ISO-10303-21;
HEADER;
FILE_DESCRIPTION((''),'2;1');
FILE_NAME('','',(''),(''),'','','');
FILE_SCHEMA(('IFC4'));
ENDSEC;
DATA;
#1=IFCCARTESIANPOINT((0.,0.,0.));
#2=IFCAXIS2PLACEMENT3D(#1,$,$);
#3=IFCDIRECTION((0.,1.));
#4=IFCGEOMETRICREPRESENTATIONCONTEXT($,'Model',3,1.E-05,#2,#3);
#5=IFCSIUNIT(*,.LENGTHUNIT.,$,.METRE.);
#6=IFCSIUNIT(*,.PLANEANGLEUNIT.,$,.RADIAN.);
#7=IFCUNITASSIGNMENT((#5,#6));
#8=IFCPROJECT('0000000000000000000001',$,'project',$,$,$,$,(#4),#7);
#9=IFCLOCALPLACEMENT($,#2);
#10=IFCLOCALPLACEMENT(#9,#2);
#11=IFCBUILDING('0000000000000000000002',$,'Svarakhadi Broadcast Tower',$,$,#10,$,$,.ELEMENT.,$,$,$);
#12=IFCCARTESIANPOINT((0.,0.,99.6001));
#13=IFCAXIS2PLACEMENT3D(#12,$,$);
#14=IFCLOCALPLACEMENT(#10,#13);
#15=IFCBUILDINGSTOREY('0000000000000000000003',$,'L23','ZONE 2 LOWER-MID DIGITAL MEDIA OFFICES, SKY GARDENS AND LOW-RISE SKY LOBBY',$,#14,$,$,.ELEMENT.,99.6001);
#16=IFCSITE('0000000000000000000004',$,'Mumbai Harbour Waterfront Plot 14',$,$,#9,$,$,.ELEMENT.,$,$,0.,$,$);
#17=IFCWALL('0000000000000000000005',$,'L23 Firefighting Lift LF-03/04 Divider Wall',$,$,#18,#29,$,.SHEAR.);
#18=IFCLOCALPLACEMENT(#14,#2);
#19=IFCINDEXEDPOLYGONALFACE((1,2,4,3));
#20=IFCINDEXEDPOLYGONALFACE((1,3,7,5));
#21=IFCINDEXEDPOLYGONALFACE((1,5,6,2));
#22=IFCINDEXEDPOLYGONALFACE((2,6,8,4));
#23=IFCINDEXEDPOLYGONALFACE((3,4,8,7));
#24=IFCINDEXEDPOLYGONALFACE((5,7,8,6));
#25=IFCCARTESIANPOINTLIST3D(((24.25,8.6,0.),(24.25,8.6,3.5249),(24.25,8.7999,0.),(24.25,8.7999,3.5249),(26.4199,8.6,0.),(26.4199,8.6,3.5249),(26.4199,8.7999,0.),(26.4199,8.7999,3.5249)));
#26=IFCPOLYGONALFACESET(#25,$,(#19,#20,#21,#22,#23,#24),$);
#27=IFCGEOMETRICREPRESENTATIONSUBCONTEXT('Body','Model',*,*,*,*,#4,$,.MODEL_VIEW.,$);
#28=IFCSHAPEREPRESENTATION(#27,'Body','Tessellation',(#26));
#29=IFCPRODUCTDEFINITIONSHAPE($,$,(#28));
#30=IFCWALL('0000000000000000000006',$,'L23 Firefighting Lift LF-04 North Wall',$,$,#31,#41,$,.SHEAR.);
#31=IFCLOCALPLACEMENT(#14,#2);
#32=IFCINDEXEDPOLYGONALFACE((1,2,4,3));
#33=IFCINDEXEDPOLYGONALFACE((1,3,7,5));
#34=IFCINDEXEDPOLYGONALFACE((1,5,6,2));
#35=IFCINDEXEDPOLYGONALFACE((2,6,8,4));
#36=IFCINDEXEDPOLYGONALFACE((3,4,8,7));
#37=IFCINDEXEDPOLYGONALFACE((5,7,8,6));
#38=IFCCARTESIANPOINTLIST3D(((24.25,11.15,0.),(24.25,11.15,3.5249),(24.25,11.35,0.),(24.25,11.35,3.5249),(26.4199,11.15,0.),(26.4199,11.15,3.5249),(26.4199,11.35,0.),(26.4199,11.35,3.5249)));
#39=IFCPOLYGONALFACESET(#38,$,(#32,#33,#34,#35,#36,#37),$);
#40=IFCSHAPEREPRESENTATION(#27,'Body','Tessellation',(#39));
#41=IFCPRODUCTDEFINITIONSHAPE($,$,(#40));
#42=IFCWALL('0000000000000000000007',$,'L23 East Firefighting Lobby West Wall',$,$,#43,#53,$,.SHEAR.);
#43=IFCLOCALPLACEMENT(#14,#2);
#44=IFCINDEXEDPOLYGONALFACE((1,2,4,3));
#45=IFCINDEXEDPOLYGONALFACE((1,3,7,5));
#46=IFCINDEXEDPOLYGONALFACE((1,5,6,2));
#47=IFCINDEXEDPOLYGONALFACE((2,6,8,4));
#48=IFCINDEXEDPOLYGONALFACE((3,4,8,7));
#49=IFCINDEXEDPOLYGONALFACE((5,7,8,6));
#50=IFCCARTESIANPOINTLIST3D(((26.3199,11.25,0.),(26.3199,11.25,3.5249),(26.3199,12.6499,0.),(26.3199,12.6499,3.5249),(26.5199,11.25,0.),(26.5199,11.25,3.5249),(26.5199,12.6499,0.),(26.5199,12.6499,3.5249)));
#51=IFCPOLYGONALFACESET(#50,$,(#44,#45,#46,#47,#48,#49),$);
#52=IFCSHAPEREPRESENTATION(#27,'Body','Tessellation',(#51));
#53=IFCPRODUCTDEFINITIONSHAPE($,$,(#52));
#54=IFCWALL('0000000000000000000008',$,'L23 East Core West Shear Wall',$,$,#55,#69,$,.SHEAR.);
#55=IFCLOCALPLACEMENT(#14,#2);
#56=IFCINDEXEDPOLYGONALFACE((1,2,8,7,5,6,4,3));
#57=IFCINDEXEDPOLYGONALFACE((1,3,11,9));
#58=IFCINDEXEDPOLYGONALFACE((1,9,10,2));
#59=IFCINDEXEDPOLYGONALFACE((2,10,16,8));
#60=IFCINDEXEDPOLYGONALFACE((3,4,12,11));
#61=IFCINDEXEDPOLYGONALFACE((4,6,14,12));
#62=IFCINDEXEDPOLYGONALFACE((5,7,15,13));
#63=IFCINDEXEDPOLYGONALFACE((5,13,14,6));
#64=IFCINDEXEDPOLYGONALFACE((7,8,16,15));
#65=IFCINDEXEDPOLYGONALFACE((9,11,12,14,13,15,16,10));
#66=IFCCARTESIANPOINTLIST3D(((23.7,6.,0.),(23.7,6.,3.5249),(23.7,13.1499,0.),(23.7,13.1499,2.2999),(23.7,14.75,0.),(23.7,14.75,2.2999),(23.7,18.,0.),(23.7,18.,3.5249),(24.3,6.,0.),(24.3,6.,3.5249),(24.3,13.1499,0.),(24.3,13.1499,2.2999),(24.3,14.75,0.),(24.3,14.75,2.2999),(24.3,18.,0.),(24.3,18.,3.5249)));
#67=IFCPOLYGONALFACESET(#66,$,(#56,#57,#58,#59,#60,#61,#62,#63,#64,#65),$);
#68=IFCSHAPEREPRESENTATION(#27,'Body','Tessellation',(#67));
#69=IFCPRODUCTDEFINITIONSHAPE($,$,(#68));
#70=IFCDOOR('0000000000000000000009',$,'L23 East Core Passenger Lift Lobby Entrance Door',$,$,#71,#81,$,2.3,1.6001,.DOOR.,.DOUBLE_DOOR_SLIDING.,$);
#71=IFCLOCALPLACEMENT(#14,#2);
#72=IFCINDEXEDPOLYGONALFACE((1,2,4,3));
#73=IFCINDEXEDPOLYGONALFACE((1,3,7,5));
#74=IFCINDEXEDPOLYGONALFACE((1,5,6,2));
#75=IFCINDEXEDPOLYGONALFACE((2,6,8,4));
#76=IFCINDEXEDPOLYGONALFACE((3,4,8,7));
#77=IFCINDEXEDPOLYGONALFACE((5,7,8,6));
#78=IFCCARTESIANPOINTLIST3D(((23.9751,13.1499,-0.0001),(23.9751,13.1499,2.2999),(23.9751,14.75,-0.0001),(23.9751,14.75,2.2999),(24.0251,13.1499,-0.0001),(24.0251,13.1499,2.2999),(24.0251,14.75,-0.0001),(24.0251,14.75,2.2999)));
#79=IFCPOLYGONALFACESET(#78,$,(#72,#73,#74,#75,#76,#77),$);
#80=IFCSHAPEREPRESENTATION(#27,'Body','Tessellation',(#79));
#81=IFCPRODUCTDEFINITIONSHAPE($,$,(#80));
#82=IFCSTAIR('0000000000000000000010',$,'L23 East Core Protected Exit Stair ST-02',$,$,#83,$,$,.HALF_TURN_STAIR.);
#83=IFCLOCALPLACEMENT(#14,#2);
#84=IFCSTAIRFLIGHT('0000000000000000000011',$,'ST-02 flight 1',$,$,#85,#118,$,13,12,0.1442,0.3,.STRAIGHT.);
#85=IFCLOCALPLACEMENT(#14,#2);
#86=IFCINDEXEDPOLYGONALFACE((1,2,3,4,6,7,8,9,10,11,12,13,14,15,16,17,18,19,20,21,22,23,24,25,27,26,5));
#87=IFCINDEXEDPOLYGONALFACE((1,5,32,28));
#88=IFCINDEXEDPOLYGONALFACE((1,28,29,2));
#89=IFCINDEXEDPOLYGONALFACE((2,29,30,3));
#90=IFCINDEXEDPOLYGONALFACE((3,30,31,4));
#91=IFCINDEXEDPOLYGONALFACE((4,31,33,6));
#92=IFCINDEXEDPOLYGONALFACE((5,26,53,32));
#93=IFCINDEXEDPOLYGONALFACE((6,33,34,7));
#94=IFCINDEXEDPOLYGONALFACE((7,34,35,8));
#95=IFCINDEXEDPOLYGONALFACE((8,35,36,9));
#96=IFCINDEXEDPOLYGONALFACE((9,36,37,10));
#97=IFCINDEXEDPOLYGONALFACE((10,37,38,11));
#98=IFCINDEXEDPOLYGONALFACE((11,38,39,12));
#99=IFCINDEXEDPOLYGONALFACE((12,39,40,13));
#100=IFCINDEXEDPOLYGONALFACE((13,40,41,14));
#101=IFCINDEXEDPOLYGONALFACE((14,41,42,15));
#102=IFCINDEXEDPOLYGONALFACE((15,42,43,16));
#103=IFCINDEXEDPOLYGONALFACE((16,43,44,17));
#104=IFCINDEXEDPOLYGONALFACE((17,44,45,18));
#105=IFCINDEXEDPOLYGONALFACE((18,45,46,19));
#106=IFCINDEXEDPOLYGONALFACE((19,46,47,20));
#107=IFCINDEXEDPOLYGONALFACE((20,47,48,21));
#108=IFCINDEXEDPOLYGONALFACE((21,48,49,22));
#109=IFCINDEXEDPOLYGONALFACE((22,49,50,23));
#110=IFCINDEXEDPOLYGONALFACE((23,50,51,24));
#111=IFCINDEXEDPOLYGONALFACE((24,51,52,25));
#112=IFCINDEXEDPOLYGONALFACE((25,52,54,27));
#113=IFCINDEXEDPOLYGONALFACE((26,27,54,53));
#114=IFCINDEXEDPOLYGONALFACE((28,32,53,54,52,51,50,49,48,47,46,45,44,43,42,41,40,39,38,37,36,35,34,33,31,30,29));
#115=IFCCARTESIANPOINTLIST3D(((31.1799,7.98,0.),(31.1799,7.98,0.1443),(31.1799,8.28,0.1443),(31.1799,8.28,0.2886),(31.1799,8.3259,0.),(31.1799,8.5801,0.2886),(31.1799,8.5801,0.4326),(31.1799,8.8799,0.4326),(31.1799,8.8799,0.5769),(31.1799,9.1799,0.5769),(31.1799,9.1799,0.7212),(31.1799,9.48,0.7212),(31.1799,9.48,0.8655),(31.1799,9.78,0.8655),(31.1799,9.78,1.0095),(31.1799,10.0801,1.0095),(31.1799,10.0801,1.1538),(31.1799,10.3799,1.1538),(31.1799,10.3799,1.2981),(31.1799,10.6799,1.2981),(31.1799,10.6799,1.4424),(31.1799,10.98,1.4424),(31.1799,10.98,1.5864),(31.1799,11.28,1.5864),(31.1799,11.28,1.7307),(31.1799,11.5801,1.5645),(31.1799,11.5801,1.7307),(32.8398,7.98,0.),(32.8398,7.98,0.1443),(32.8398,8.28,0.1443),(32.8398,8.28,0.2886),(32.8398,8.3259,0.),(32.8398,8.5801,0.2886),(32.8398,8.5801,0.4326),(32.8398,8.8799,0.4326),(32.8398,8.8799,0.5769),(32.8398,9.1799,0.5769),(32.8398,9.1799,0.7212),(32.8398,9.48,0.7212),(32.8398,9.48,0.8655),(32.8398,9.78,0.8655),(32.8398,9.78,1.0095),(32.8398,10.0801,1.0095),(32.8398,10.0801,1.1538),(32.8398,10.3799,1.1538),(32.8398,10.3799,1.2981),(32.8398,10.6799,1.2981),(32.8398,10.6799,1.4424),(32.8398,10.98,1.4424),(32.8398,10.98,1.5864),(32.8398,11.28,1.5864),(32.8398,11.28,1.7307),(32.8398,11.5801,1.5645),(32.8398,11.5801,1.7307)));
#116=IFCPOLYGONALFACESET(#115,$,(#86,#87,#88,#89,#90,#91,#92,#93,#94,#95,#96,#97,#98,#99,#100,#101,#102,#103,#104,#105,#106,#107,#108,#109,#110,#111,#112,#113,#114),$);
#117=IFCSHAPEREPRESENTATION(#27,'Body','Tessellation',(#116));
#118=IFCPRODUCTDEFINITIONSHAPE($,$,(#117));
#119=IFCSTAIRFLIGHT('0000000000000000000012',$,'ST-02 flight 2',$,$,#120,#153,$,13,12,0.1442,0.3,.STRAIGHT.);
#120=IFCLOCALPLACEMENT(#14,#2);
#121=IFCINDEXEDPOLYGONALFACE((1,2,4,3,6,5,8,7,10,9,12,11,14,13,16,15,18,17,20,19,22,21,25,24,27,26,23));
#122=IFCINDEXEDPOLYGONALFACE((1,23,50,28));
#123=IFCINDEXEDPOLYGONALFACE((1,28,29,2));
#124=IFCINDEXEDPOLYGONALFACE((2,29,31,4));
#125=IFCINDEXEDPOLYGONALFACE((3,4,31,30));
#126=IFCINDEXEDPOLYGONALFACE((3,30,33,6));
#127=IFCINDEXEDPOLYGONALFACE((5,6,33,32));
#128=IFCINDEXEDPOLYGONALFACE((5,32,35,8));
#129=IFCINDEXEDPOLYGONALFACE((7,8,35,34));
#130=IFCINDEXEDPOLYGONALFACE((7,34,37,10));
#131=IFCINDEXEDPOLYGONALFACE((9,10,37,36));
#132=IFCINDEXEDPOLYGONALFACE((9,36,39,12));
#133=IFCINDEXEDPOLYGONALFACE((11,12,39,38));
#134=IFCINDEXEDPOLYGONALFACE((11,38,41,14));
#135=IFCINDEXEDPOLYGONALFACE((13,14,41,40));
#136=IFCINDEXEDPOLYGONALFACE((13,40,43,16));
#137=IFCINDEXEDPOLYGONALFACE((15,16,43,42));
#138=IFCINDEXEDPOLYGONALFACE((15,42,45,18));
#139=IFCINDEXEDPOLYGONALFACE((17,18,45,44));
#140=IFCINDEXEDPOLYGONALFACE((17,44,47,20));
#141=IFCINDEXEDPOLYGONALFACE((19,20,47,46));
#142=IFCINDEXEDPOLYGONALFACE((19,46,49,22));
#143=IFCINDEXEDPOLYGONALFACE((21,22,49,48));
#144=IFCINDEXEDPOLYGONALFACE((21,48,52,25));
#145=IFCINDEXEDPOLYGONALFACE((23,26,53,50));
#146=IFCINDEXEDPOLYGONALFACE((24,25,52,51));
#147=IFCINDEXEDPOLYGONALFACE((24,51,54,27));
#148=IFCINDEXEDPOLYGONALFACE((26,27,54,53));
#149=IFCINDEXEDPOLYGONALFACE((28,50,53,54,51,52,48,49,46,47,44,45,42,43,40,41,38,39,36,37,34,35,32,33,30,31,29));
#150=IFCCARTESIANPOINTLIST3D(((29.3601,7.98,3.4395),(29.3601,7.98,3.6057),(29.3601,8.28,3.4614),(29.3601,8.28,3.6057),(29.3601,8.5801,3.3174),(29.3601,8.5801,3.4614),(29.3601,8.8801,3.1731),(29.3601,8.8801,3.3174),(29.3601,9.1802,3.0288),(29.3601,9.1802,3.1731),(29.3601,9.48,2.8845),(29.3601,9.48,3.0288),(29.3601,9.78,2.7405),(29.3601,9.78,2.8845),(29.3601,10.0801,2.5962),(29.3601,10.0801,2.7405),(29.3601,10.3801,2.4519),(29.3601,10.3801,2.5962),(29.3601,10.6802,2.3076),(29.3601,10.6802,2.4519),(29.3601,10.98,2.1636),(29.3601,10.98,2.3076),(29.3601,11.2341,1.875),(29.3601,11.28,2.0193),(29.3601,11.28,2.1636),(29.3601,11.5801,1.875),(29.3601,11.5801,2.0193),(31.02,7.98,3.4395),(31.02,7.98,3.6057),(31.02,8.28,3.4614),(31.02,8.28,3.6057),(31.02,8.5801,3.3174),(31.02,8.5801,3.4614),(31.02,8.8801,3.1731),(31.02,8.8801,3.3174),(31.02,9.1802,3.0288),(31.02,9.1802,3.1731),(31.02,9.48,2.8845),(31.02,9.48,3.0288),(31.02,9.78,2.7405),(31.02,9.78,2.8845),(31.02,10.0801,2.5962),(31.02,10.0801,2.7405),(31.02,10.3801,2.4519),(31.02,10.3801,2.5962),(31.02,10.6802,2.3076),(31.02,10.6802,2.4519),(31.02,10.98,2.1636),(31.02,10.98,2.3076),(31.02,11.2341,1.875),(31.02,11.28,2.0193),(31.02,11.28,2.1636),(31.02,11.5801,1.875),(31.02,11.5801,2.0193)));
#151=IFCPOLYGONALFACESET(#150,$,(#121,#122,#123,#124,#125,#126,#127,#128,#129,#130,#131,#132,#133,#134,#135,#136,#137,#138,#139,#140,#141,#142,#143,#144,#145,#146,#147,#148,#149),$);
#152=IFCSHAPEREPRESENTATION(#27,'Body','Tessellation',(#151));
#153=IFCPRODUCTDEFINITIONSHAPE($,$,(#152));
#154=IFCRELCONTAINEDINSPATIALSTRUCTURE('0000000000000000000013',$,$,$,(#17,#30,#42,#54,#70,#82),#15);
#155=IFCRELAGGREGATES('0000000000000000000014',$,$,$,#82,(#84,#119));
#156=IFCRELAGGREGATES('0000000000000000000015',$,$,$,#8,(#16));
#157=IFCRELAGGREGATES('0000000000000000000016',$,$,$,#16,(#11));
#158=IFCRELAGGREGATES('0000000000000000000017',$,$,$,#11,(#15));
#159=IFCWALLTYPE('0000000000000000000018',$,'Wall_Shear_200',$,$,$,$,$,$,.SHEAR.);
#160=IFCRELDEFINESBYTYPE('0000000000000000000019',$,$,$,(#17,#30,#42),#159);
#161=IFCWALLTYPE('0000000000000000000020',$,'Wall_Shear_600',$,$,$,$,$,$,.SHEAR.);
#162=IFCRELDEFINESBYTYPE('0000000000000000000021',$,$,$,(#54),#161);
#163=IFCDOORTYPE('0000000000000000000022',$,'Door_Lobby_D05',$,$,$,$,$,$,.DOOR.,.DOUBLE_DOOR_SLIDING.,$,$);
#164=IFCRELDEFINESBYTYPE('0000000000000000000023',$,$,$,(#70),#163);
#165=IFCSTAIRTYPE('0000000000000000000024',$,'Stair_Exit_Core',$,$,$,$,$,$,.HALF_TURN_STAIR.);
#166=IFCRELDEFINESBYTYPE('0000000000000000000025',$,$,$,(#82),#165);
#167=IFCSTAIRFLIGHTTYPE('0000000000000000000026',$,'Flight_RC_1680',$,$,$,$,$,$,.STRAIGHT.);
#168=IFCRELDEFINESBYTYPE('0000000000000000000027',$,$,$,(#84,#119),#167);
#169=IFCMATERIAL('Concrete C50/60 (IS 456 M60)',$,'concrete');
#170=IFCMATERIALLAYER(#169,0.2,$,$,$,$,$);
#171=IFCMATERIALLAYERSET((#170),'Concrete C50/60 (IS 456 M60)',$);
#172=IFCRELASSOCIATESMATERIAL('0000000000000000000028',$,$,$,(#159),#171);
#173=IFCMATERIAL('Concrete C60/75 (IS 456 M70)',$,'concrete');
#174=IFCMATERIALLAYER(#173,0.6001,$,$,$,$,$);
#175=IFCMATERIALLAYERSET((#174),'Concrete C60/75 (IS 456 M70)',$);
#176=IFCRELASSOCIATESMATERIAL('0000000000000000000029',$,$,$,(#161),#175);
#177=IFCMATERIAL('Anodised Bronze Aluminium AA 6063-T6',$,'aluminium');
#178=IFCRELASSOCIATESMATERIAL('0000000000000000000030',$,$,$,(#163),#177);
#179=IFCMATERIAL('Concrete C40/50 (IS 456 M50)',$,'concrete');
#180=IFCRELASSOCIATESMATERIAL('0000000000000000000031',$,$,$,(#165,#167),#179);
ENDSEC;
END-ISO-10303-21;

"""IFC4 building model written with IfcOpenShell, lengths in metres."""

from ifc_helpers import new_model, si_unit, direction, frame, frame_2d, origin, place, context, subcontext, project, spatial, polyline, rectangle, outline, extrude, material, layer, layer_set, type_object, element, fill, aggregate, save


model = new_model("IFC4")

# Units and contexts
model_context = context("Model", 3, precision=1e-05, world=origin(), true_north=direction((0.0, 1.0)))
body_context = subcontext(model_context, "Body", "Model", "MODEL_VIEW")
ifc_project = project(units=[si_unit("LENGTHUNIT", "METRE"), si_unit("PLANEANGLEUNIT", "RADIAN")], contexts=[model_context])

# Site, building, storey
site_placement = place(None, origin())
site = spatial("IfcSite", under=ifc_project, at=site_placement, Name="Mumbai Harbour Waterfront Plot 14", CompositionType="ELEMENT", RefElevation=0.0)
building_placement = place(site_placement, origin())
building = spatial("IfcBuilding", under=site, at=building_placement, Name="Svarakhadi Broadcast Tower", CompositionType="ELEMENT")
storey_placement = place(building_placement, frame((0.0, 0.0, 99.6001)))
storey = spatial("IfcBuildingStorey", under=building, at=storey_placement, Name="L23", Description="ZONE 2 LOWER-MID DIGITAL MEDIA OFFICES, SKY GARDENS AND LOW-RISE SKY LOBBY", CompositionType="ELEMENT", Elevation=99.6001)

# Shared definitions
ifc_material_1 = material(Name="Concrete C50/60 (IS 456 M60)", Category="concrete")

# Shared definitions
ifc_material_2 = material(Name="Anodised Bronze Aluminium AA 6063-T6", Category="aluminium")

# Shared definitions
ifc_material_3 = material(Name="Concrete C40/50 (IS 456 M50)", Category="concrete")

# Shared definitions
ifc_layer_1 = layer(ifc_material_1, 0.2)
ifc_layer_set_1 = layer_set([ifc_layer_1], Name="Concrete C50/60 (IS 456 M60)")
wall_type_1 = type_object("IfcWallType", Name="Wall_Shear_200", PredefinedType="SHEAR", material=ifc_layer_set_1)

# Walls
for number, where, z_axis, x_axis, name in (
    (1, (24.25, 8.7, 0.0), (0.0, 0.0, 1.0), (1.0, 0.0, 0.0), "L23 Firefighting Lift LF-03/04 Divider Wall"),
    (2, (24.25, 11.25, 0.0), (0.0, 0.0, 1.0), (1.0, 0.0, 0.0), "L23 Firefighting Lift LF-04 North Wall"),
):
    element("IfcWall", number, at=place(storey_placement, frame(where, z_axis=z_axis, x_axis=x_axis)), inside=storey, type_object=wall_type_1, Name=name, PredefinedType="SHEAR", context=body_context, shape_type="SweptSolid", body=[
        extrude(rectangle(XDim=2.1699, YDim=0.2, at=frame_2d((1.085, 0.0))), origin(), (0.0, 0.0, 1.0), 3.5249),
    ])
wall_1_placement = place(storey_placement, frame((26.4199, 11.25, 0.0), z_axis=(0.0, 0.0, 1.0), x_axis=(0.0, 1.0, 0.0)))
element("IfcWall", 3, at=wall_1_placement, inside=storey, type_object=wall_type_1, Name="L23 East Firefighting Lobby West Wall", PredefinedType="SHEAR", context=body_context, shape_type="SweptSolid", body=[
    extrude(rectangle(XDim=1.3999, YDim=0.2, at=frame_2d((0.7, 0.0))), origin(), (0.0, 0.0, 1.0), 3.5249),
])

# Wall, opening, door
ifc_material_4 = material(Name="Concrete C60/75 (IS 456 M70)", Category="concrete")
ifc_layer_2 = layer(ifc_material_4, 0.6001)
ifc_layer_set_2 = layer_set([ifc_layer_2], Name="Concrete C60/75 (IS 456 M70)")
wall_type_2 = type_object("IfcWallType", Name="Wall_Shear_600", PredefinedType="SHEAR", material=ifc_layer_set_2)
wall_2_placement = place(storey_placement, frame((24.0, 6.0, 0.0), z_axis=(0.0, 0.0, 1.0), x_axis=(0.0, 1.0, 0.0)))
wall_2 = element("IfcWall", 4, at=wall_2_placement, inside=storey, type_object=wall_type_2, Name="L23 East Core West Shear Wall", PredefinedType="SHEAR", context=body_context, shape_type="SweptSolid", body=[
    extrude(rectangle(XDim=12.0, YDim=0.6001, at=frame_2d((6.0, 0.0))), origin(), (0.0, 0.0, 1.0), 3.5249),
])
opening_1_placement = place(wall_2_placement, frame((7.1499, 0.0, 0.0)))
opening_1 = element("IfcOpeningElement", 5, at=opening_1_placement, cuts=wall_2, PredefinedType="OPENING", context=body_context, shape_type="SweptSolid", body=[
    extrude(rectangle(XDim=1.6001, YDim=2.3, at=frame_2d((0.8, 1.1499))), frame((0.0, 0.3101, 0.0), z_axis=(0.0, -1.0, 0.0), x_axis=(1.0, 0.0, 0.0)), (0.0, 0.0, 1.0), 0.6201),
])
door_type_1 = type_object("IfcDoorType", Name="Door_Lobby_D05", OperationType="DOUBLE_DOOR_SLIDING", PredefinedType="DOOR", material=ifc_material_2)
door_1_placement = place(opening_1_placement, origin())
door_1 = element("IfcDoor", 6, at=door_1_placement, inside=storey, type_object=door_type_1, Name="L23 East Core Passenger Lift Lobby Entrance Door", OperationType="DOUBLE_DOOR_SLIDING", OverallHeight=2.3, OverallWidth=1.6001, PredefinedType="DOOR", context=body_context, shape_type="SweptSolid", body=[
    extrude(rectangle(XDim=1.6001, YDim=2.3, at=frame_2d((0.8, 1.1499))), frame((0.0, 0.0249, 0.0), z_axis=(0.0, -1.0, 0.0), x_axis=(1.0, 0.0, 0.0)), (0.0, 0.0, 1.0), 0.05),
])
fill(opening_1, door_1)

# Stair, stair flights
stair_type = type_object("IfcStairType", Name="Stair_Exit_Core", PredefinedType="HALF_TURN_STAIR", material=ifc_material_3)
stair_placement = place(storey_placement, origin())
stair = element("IfcStair", 7, at=stair_placement, inside=storey, type_object=stair_type, Name="L23 East Core Protected Exit Stair ST-02", PredefinedType="HALF_TURN_STAIR")
stair_flight_type = type_object("IfcStairFlightType", Name="Flight_RC_1680", PredefinedType="STRAIGHT", material=ifc_material_3)
stair_flight_1_placement = place(storey_placement, frame((32.01, 7.98, 0.0), z_axis=(0.0, 0.0, 1.0), x_axis=(0.0, 1.0, 0.0)))
stair_flight_1 = element("IfcStairFlight", 8, at=stair_flight_1_placement, type_object=stair_flight_type, Name="ST-02 flight 1", NumberOfRisers=13, NumberOfTreads=12, PredefinedType="STRAIGHT", RiserHeight=0.1442, TreadLength=0.3, context=body_context, shape_type="SweptSolid", body=[
    extrude(outline(polyline([(0.0, 0.0), (0.0, 0.1443), (0.3, 0.1443), (0.3, 0.2886), (0.6001, 0.2886), (0.6001, 0.4326), (0.8999, 0.4326), (0.8999, 0.5769), (1.2, 0.5769), (1.2, 0.7212), (1.5, 0.7212), (1.5, 0.8655), (1.8, 0.8655), (1.8, 1.0095), (2.1001, 1.0095), (2.1001, 1.1538), (2.3999, 1.1538), (2.3999, 1.2981), (2.7, 1.2981), (2.7, 1.4424), (3.0, 1.4424), (3.0, 1.5864), (3.3, 1.5864), (3.3, 1.7307), (3.6001, 1.7307), (3.6001, 1.875), (3.6001, 1.5645), (0.3459, 0.0), (0.0, 0.0)])), frame((0.0, 0.8301, 0.0), z_axis=(0.0, -1.0, 0.0), x_axis=(1.0, 0.0, 0.0)), (0.0, 0.0, 1.0), 1.6599),
])
stair_flight_2_placement = place(storey_placement, frame((30.1899, 11.5801, 1.875), z_axis=(0.0, 0.0, 1.0), x_axis=(0.0, -1.0, 0.0)))
stair_flight_2 = element("IfcStairFlight", 9, at=stair_flight_2_placement, type_object=stair_flight_type, Name="ST-02 flight 2", NumberOfRisers=13, NumberOfTreads=12, PredefinedType="STRAIGHT", RiserHeight=0.1442, TreadLength=0.3, context=body_context, shape_type="SweptSolid", body=[
    extrude(outline(polyline([(0.0, 0.0), (0.0, 0.1443), (0.3, 0.1443), (0.3, 0.2886), (0.6001, 0.2886), (0.6001, 0.4326), (0.8999, 0.4326), (0.8999, 0.5769), (1.2, 0.5769), (1.2, 0.7212), (1.5, 0.7212), (1.5, 0.8655), (1.8, 0.8655), (1.8, 1.0095), (2.1001, 1.0095), (2.1001, 1.1538), (2.3999, 1.1538), (2.3999, 1.2981), (2.7, 1.2981), (2.7, 1.4424), (3.0, 1.4424), (3.0, 1.5864), (3.3, 1.5864), (3.3, 1.7307), (3.6001, 1.7307), (3.6001, 1.875), (3.6001, 1.5645), (0.3459, 0.0), (0.0, 0.0)])), frame((0.0, 0.8301, 0.0), z_axis=(0.0, -1.0, 0.0), x_axis=(1.0, 0.0, 0.0)), (0.0, 0.0, 1.0), 1.6599),
])
aggregate(stair, [stair_flight_1, stair_flight_2])

save(model, "model.ifc")
